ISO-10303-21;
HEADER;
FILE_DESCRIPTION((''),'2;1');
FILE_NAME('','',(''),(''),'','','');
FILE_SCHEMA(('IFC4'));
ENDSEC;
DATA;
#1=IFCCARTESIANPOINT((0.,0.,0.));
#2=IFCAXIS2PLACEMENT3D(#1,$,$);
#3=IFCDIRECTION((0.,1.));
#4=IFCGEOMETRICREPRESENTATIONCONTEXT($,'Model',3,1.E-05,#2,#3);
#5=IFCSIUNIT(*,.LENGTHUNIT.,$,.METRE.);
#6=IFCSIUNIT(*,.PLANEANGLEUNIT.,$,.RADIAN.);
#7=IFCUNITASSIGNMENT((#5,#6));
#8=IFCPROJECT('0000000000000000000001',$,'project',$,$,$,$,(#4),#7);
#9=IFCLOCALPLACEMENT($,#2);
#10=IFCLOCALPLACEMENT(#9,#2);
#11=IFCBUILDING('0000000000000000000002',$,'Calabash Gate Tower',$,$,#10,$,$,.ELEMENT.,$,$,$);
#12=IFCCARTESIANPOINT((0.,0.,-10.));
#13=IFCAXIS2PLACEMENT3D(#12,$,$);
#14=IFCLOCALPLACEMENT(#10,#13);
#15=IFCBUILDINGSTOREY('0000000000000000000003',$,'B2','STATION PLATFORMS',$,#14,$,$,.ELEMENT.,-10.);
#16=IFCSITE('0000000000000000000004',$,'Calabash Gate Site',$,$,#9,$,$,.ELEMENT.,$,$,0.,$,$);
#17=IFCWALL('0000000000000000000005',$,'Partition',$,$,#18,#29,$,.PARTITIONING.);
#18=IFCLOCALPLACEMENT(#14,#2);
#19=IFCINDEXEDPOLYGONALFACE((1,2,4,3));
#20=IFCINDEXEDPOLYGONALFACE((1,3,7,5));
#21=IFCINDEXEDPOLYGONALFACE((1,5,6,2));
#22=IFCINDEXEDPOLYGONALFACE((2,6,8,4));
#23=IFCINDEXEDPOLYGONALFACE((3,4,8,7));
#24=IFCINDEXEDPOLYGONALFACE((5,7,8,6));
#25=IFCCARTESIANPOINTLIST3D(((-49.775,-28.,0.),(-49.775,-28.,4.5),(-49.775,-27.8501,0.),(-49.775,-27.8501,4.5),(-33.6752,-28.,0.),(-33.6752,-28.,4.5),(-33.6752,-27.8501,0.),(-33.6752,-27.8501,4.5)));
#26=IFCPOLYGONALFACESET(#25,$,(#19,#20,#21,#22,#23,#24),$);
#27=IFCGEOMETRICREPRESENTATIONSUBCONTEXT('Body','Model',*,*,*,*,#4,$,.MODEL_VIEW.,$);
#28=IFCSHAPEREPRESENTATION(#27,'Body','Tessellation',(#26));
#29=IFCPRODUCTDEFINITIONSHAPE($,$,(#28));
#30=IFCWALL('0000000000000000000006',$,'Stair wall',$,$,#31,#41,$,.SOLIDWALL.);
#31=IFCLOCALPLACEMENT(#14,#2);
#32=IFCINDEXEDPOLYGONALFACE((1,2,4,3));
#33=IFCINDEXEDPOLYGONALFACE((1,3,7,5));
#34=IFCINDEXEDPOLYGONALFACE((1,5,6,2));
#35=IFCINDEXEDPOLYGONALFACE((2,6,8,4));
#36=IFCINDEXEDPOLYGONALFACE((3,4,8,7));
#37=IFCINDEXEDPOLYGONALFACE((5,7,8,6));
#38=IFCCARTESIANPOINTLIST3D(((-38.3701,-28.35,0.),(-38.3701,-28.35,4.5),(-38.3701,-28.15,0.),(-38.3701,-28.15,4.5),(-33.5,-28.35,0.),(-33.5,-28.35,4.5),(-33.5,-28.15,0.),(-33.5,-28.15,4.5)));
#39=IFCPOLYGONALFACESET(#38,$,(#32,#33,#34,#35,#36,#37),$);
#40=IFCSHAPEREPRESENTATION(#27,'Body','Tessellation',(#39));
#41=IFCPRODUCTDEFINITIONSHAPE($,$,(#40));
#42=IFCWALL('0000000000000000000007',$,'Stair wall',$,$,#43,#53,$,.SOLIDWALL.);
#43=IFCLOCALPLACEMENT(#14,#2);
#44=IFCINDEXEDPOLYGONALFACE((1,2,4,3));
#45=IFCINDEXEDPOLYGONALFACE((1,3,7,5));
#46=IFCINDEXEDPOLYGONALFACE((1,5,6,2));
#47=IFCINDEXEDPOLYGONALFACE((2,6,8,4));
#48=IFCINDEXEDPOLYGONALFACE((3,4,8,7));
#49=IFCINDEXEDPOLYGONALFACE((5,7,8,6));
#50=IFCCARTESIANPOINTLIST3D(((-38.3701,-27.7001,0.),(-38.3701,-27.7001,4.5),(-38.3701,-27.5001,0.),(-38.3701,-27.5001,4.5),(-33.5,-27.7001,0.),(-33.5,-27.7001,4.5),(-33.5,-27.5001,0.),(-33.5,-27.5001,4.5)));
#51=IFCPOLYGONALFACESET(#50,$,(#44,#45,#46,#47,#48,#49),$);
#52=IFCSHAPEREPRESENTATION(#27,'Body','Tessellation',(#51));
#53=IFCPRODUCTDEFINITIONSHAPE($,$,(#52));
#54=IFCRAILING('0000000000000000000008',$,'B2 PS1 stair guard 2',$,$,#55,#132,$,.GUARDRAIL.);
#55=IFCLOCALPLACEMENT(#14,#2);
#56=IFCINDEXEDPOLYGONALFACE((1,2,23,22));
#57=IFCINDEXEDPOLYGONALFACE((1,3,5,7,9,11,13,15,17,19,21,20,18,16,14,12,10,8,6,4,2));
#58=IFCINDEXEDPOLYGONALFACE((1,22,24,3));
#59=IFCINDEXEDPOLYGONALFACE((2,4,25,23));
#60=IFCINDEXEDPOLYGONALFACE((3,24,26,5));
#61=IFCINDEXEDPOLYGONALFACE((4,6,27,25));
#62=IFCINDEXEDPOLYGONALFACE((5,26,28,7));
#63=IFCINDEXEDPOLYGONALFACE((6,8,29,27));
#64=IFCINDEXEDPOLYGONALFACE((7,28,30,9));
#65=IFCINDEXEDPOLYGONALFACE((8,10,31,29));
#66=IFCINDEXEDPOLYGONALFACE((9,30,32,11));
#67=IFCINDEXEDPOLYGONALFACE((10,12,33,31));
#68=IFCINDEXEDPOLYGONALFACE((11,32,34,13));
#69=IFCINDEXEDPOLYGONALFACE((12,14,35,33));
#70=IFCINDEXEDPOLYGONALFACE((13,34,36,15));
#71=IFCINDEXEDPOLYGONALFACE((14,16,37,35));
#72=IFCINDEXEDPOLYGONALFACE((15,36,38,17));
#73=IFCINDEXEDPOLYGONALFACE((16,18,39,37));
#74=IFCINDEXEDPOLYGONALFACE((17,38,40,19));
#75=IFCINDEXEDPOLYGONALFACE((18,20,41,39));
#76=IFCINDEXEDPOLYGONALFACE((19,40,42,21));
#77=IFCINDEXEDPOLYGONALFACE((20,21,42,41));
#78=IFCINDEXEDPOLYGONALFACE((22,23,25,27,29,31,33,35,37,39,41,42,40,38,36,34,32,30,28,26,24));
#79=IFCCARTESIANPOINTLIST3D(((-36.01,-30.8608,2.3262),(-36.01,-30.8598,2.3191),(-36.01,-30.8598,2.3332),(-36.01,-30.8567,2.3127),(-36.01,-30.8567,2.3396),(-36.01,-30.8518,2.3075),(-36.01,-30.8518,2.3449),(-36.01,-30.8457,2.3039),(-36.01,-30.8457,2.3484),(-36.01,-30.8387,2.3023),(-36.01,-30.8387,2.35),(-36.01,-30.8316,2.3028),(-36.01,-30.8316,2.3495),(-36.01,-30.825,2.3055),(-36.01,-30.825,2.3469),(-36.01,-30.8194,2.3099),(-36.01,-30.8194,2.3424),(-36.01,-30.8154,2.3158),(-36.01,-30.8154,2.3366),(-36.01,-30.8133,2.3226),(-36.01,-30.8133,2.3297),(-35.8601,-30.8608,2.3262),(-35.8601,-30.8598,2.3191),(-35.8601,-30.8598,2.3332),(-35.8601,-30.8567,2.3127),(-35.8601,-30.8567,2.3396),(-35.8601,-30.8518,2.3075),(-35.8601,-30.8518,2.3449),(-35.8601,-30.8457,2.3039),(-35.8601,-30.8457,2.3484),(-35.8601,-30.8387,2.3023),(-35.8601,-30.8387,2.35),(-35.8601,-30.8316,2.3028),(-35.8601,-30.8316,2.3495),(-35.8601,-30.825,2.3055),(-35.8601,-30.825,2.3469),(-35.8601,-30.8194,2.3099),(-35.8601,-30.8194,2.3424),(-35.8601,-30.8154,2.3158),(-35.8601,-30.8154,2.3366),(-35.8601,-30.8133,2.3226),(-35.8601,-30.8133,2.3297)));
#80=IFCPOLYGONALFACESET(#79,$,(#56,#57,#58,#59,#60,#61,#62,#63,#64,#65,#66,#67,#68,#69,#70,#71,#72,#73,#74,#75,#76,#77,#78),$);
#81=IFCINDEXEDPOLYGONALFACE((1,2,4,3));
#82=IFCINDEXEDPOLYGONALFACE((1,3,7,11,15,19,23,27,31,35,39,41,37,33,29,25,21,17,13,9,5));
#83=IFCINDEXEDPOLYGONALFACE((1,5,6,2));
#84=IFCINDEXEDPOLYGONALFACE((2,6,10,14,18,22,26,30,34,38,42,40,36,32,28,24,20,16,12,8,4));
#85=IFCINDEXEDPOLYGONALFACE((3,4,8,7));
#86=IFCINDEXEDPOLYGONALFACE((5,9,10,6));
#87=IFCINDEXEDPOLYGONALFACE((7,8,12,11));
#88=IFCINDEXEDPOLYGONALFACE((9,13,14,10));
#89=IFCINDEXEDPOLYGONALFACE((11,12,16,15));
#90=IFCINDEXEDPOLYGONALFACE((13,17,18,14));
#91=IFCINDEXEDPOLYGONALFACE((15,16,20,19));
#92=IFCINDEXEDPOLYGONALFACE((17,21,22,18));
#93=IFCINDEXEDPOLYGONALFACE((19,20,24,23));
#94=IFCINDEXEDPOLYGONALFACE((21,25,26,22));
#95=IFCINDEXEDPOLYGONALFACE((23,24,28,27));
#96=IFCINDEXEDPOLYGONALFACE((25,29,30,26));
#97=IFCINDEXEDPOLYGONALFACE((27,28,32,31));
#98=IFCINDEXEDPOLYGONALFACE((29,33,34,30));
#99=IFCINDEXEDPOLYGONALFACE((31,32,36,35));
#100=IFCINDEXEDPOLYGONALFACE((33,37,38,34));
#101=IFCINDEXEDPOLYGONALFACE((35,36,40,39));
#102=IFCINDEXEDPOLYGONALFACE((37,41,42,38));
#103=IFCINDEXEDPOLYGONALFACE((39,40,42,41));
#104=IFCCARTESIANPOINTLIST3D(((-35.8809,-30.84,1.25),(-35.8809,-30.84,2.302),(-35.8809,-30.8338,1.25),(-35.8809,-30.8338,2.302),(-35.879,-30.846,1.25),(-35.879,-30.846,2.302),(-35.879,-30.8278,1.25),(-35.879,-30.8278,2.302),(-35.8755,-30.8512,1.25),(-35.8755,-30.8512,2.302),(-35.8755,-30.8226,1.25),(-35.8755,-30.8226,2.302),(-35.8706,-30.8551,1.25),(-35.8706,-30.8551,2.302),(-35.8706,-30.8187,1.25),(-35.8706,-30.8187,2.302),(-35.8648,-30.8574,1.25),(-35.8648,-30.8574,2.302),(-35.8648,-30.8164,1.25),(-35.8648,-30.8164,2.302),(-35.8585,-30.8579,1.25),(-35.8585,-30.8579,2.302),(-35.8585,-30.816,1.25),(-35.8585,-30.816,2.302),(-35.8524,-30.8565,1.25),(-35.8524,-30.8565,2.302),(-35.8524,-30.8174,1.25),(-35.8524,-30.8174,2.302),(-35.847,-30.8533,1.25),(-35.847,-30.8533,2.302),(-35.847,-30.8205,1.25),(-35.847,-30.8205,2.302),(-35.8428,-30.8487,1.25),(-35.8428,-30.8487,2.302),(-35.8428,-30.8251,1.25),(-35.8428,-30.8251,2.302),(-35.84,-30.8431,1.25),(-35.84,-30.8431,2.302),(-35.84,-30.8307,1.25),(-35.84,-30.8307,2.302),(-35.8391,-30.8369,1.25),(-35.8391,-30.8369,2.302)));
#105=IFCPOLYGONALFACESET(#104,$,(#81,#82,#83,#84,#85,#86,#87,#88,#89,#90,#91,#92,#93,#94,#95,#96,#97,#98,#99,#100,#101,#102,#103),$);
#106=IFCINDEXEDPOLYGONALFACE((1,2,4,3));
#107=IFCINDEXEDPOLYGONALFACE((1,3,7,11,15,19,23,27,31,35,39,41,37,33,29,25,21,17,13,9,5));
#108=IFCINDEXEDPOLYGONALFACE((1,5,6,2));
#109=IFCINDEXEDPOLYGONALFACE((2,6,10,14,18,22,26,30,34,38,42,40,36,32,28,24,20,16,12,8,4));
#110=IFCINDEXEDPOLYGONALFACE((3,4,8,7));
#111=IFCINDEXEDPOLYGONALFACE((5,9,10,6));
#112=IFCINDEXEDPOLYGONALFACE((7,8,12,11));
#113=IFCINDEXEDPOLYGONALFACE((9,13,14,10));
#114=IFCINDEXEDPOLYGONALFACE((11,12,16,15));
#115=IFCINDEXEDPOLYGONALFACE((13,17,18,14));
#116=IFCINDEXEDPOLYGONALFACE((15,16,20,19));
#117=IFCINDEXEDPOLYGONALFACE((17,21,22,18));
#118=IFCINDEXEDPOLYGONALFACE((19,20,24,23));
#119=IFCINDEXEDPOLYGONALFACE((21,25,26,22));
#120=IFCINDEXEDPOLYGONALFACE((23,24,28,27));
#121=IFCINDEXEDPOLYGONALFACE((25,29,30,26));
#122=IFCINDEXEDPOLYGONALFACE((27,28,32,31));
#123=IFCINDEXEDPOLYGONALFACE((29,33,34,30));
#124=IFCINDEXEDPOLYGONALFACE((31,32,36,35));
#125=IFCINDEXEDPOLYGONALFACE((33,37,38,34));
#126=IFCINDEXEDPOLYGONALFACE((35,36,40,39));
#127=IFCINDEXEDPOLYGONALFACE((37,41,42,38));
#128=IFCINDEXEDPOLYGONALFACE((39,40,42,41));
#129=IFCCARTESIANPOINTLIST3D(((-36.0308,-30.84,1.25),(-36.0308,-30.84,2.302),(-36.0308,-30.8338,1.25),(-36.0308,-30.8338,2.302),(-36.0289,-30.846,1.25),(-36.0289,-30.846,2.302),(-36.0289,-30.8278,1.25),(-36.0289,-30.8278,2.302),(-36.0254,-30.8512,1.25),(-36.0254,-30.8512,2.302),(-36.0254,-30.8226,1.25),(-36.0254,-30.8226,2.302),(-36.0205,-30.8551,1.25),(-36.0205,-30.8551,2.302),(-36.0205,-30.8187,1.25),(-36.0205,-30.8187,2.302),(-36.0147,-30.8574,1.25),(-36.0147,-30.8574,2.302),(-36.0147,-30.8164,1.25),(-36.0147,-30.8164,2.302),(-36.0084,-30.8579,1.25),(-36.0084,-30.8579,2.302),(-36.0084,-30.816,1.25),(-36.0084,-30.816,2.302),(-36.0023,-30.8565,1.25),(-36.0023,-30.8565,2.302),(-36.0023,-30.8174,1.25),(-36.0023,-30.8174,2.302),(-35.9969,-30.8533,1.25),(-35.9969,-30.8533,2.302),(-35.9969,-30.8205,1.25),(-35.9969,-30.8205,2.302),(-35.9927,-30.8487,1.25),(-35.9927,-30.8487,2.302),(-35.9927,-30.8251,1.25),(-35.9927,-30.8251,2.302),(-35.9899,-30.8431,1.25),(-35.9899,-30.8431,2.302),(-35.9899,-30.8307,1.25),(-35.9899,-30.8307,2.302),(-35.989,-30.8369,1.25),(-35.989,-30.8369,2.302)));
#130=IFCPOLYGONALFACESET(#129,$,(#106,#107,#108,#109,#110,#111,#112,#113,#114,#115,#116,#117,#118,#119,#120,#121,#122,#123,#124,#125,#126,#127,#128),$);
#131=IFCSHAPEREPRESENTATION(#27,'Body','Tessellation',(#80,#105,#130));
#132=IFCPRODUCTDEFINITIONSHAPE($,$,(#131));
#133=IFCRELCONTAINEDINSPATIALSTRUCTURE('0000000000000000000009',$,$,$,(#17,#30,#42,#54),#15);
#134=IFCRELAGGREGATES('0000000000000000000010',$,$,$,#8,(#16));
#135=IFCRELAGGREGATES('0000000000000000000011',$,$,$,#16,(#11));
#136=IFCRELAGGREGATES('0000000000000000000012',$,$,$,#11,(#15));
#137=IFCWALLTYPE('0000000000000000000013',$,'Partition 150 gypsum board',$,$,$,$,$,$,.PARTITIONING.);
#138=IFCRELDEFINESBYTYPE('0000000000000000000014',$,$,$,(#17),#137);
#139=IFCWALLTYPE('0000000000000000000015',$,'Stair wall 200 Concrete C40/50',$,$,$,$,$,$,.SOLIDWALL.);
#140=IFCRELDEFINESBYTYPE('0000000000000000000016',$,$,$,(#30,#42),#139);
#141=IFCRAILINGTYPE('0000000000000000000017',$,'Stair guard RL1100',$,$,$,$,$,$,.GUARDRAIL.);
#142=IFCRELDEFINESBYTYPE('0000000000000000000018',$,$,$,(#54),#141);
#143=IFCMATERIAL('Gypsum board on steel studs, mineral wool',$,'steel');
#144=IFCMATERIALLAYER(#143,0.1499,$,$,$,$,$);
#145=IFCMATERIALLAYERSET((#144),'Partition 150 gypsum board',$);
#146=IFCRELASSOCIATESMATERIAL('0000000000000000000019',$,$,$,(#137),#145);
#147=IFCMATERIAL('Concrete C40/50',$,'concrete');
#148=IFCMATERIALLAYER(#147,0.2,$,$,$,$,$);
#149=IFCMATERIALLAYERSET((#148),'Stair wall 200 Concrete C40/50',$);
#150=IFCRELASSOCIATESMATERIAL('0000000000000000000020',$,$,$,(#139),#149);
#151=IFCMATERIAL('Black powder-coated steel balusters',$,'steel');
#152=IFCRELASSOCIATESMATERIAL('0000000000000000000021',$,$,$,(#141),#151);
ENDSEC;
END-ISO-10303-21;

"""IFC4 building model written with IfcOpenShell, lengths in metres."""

from ifc_helpers import new_model, si_unit, direction, frame, frame_2d, origin, origin_2d, place, context, subcontext, project, spatial, rectangle, circle, extrude, material, layer, layer_set, type_object, element, save


model = new_model("IFC4")

# Units and contexts
model_context = context("Model", 3, precision=1e-05, world=origin(), true_north=direction((0.0, 1.0)))
body_context = subcontext(model_context, "Body", "Model", "MODEL_VIEW")
ifc_project = project(units=[si_unit("LENGTHUNIT", "METRE"), si_unit("PLANEANGLEUNIT", "RADIAN")], contexts=[model_context])

# Site, building, storey
site_placement = place(None, origin())
site = spatial("IfcSite", under=ifc_project, at=site_placement, Name="Calabash Gate Site", CompositionType="ELEMENT", RefElevation=0.0)
building_placement = place(site_placement, origin())
building = spatial("IfcBuilding", under=site, at=building_placement, Name="Calabash Gate Tower", CompositionType="ELEMENT")
storey_placement = place(building_placement, frame((0.0, 0.0, -10.0)))
storey = spatial("IfcBuildingStorey", under=building, at=storey_placement, Name="B2", Description="STATION PLATFORMS", CompositionType="ELEMENT", Elevation=-10.0)

# Walls
ifc_material_1 = material(Name="Gypsum board on steel studs, mineral wool", Category="steel")
ifc_layer_1 = layer(ifc_material_1, 0.1499)
ifc_layer_set_1 = layer_set([ifc_layer_1], Name="Partition 150 gypsum board")
wall_type_1 = type_object("IfcWallType", Name="Partition 150 gypsum board", PredefinedType="PARTITIONING", material=ifc_layer_set_1)
wall_1_placement = place(storey_placement, frame((-49.7749, -27.925, 0.0), z_axis=(0.0, 0.0, 1.0), x_axis=(1.0, 0.0, 0.0)))
element("IfcWall", 1, at=wall_1_placement, inside=storey, type_object=wall_type_1, Name="Partition", PredefinedType="PARTITIONING", context=body_context, shape_type="SweptSolid", body=[
    extrude(rectangle(XDim=16.0999, YDim=0.1499, at=frame_2d((8.0498, 0.0))), origin(), (0.0, 0.0, 1.0), 4.5),
])
ifc_material_2 = material(Name="Concrete C40/50", Category="concrete")
ifc_layer_2 = layer(ifc_material_2, 0.2)
ifc_layer_set_2 = layer_set([ifc_layer_2], Name="Stair wall 200 Concrete C40/50")
wall_type_2 = type_object("IfcWallType", Name="Stair wall 200 Concrete C40/50", PredefinedType="SOLIDWALL", material=ifc_layer_set_2)
for number, where, z_axis, x_axis, name in (
    (2, (-38.3701, -28.25, 0.0), (0.0, 0.0, 1.0), (1.0, 0.0, 0.0), "Stair wall"),
    (3, (-38.3701, -27.6001, 0.0), (0.0, 0.0, 1.0), (1.0, 0.0, 0.0), "Stair wall"),
):
    element("IfcWall", number, at=place(storey_placement, frame(where, z_axis=z_axis, x_axis=x_axis)), inside=storey, type_object=wall_type_2, Name=name, PredefinedType="SOLIDWALL", context=body_context, shape_type="SweptSolid", body=[
        extrude(rectangle(XDim=4.8701, YDim=0.2, at=frame_2d((2.4351, 0.0))), origin(), (0.0, 0.0, 1.0), 4.5),
    ])

# Railing
ifc_material_3 = material(Name="Black powder-coated steel balusters", Category="steel")
railing_type_1 = type_object("IfcRailingType", Name="Stair guard RL1100", PredefinedType="GUARDRAIL", material=ifc_material_3)
railing_1_placement = place(storey_placement, frame((-35.8601, -30.8369, 1.25)))
element("IfcRailing", 4, at=railing_1_placement, inside=storey, type_object=railing_type_1, Name="B2 PS1 stair guard 2", PredefinedType="GUARDRAIL", context=body_context, shape_type="SweptSolid", body=[
    extrude(circle(Radius=0.0239, at=origin_2d()), frame((0.0, 0.0, 1.0762), z_axis=(-1.0, 0.0, 0.0), x_axis=(0.0, -1.0, 0.0)), (0.0, 0.0, 1.0), 0.1499),
    extrude(circle(Radius=0.021, at=origin_2d()), origin(), (0.0, 0.0, 1.0), 1.052),
    extrude(circle(Radius=0.021, at=origin_2d()), frame((-0.1499, 0.0, 0.0)), (0.0, 0.0, 1.0), 1.052),
])

save(model, "model.ifc")
